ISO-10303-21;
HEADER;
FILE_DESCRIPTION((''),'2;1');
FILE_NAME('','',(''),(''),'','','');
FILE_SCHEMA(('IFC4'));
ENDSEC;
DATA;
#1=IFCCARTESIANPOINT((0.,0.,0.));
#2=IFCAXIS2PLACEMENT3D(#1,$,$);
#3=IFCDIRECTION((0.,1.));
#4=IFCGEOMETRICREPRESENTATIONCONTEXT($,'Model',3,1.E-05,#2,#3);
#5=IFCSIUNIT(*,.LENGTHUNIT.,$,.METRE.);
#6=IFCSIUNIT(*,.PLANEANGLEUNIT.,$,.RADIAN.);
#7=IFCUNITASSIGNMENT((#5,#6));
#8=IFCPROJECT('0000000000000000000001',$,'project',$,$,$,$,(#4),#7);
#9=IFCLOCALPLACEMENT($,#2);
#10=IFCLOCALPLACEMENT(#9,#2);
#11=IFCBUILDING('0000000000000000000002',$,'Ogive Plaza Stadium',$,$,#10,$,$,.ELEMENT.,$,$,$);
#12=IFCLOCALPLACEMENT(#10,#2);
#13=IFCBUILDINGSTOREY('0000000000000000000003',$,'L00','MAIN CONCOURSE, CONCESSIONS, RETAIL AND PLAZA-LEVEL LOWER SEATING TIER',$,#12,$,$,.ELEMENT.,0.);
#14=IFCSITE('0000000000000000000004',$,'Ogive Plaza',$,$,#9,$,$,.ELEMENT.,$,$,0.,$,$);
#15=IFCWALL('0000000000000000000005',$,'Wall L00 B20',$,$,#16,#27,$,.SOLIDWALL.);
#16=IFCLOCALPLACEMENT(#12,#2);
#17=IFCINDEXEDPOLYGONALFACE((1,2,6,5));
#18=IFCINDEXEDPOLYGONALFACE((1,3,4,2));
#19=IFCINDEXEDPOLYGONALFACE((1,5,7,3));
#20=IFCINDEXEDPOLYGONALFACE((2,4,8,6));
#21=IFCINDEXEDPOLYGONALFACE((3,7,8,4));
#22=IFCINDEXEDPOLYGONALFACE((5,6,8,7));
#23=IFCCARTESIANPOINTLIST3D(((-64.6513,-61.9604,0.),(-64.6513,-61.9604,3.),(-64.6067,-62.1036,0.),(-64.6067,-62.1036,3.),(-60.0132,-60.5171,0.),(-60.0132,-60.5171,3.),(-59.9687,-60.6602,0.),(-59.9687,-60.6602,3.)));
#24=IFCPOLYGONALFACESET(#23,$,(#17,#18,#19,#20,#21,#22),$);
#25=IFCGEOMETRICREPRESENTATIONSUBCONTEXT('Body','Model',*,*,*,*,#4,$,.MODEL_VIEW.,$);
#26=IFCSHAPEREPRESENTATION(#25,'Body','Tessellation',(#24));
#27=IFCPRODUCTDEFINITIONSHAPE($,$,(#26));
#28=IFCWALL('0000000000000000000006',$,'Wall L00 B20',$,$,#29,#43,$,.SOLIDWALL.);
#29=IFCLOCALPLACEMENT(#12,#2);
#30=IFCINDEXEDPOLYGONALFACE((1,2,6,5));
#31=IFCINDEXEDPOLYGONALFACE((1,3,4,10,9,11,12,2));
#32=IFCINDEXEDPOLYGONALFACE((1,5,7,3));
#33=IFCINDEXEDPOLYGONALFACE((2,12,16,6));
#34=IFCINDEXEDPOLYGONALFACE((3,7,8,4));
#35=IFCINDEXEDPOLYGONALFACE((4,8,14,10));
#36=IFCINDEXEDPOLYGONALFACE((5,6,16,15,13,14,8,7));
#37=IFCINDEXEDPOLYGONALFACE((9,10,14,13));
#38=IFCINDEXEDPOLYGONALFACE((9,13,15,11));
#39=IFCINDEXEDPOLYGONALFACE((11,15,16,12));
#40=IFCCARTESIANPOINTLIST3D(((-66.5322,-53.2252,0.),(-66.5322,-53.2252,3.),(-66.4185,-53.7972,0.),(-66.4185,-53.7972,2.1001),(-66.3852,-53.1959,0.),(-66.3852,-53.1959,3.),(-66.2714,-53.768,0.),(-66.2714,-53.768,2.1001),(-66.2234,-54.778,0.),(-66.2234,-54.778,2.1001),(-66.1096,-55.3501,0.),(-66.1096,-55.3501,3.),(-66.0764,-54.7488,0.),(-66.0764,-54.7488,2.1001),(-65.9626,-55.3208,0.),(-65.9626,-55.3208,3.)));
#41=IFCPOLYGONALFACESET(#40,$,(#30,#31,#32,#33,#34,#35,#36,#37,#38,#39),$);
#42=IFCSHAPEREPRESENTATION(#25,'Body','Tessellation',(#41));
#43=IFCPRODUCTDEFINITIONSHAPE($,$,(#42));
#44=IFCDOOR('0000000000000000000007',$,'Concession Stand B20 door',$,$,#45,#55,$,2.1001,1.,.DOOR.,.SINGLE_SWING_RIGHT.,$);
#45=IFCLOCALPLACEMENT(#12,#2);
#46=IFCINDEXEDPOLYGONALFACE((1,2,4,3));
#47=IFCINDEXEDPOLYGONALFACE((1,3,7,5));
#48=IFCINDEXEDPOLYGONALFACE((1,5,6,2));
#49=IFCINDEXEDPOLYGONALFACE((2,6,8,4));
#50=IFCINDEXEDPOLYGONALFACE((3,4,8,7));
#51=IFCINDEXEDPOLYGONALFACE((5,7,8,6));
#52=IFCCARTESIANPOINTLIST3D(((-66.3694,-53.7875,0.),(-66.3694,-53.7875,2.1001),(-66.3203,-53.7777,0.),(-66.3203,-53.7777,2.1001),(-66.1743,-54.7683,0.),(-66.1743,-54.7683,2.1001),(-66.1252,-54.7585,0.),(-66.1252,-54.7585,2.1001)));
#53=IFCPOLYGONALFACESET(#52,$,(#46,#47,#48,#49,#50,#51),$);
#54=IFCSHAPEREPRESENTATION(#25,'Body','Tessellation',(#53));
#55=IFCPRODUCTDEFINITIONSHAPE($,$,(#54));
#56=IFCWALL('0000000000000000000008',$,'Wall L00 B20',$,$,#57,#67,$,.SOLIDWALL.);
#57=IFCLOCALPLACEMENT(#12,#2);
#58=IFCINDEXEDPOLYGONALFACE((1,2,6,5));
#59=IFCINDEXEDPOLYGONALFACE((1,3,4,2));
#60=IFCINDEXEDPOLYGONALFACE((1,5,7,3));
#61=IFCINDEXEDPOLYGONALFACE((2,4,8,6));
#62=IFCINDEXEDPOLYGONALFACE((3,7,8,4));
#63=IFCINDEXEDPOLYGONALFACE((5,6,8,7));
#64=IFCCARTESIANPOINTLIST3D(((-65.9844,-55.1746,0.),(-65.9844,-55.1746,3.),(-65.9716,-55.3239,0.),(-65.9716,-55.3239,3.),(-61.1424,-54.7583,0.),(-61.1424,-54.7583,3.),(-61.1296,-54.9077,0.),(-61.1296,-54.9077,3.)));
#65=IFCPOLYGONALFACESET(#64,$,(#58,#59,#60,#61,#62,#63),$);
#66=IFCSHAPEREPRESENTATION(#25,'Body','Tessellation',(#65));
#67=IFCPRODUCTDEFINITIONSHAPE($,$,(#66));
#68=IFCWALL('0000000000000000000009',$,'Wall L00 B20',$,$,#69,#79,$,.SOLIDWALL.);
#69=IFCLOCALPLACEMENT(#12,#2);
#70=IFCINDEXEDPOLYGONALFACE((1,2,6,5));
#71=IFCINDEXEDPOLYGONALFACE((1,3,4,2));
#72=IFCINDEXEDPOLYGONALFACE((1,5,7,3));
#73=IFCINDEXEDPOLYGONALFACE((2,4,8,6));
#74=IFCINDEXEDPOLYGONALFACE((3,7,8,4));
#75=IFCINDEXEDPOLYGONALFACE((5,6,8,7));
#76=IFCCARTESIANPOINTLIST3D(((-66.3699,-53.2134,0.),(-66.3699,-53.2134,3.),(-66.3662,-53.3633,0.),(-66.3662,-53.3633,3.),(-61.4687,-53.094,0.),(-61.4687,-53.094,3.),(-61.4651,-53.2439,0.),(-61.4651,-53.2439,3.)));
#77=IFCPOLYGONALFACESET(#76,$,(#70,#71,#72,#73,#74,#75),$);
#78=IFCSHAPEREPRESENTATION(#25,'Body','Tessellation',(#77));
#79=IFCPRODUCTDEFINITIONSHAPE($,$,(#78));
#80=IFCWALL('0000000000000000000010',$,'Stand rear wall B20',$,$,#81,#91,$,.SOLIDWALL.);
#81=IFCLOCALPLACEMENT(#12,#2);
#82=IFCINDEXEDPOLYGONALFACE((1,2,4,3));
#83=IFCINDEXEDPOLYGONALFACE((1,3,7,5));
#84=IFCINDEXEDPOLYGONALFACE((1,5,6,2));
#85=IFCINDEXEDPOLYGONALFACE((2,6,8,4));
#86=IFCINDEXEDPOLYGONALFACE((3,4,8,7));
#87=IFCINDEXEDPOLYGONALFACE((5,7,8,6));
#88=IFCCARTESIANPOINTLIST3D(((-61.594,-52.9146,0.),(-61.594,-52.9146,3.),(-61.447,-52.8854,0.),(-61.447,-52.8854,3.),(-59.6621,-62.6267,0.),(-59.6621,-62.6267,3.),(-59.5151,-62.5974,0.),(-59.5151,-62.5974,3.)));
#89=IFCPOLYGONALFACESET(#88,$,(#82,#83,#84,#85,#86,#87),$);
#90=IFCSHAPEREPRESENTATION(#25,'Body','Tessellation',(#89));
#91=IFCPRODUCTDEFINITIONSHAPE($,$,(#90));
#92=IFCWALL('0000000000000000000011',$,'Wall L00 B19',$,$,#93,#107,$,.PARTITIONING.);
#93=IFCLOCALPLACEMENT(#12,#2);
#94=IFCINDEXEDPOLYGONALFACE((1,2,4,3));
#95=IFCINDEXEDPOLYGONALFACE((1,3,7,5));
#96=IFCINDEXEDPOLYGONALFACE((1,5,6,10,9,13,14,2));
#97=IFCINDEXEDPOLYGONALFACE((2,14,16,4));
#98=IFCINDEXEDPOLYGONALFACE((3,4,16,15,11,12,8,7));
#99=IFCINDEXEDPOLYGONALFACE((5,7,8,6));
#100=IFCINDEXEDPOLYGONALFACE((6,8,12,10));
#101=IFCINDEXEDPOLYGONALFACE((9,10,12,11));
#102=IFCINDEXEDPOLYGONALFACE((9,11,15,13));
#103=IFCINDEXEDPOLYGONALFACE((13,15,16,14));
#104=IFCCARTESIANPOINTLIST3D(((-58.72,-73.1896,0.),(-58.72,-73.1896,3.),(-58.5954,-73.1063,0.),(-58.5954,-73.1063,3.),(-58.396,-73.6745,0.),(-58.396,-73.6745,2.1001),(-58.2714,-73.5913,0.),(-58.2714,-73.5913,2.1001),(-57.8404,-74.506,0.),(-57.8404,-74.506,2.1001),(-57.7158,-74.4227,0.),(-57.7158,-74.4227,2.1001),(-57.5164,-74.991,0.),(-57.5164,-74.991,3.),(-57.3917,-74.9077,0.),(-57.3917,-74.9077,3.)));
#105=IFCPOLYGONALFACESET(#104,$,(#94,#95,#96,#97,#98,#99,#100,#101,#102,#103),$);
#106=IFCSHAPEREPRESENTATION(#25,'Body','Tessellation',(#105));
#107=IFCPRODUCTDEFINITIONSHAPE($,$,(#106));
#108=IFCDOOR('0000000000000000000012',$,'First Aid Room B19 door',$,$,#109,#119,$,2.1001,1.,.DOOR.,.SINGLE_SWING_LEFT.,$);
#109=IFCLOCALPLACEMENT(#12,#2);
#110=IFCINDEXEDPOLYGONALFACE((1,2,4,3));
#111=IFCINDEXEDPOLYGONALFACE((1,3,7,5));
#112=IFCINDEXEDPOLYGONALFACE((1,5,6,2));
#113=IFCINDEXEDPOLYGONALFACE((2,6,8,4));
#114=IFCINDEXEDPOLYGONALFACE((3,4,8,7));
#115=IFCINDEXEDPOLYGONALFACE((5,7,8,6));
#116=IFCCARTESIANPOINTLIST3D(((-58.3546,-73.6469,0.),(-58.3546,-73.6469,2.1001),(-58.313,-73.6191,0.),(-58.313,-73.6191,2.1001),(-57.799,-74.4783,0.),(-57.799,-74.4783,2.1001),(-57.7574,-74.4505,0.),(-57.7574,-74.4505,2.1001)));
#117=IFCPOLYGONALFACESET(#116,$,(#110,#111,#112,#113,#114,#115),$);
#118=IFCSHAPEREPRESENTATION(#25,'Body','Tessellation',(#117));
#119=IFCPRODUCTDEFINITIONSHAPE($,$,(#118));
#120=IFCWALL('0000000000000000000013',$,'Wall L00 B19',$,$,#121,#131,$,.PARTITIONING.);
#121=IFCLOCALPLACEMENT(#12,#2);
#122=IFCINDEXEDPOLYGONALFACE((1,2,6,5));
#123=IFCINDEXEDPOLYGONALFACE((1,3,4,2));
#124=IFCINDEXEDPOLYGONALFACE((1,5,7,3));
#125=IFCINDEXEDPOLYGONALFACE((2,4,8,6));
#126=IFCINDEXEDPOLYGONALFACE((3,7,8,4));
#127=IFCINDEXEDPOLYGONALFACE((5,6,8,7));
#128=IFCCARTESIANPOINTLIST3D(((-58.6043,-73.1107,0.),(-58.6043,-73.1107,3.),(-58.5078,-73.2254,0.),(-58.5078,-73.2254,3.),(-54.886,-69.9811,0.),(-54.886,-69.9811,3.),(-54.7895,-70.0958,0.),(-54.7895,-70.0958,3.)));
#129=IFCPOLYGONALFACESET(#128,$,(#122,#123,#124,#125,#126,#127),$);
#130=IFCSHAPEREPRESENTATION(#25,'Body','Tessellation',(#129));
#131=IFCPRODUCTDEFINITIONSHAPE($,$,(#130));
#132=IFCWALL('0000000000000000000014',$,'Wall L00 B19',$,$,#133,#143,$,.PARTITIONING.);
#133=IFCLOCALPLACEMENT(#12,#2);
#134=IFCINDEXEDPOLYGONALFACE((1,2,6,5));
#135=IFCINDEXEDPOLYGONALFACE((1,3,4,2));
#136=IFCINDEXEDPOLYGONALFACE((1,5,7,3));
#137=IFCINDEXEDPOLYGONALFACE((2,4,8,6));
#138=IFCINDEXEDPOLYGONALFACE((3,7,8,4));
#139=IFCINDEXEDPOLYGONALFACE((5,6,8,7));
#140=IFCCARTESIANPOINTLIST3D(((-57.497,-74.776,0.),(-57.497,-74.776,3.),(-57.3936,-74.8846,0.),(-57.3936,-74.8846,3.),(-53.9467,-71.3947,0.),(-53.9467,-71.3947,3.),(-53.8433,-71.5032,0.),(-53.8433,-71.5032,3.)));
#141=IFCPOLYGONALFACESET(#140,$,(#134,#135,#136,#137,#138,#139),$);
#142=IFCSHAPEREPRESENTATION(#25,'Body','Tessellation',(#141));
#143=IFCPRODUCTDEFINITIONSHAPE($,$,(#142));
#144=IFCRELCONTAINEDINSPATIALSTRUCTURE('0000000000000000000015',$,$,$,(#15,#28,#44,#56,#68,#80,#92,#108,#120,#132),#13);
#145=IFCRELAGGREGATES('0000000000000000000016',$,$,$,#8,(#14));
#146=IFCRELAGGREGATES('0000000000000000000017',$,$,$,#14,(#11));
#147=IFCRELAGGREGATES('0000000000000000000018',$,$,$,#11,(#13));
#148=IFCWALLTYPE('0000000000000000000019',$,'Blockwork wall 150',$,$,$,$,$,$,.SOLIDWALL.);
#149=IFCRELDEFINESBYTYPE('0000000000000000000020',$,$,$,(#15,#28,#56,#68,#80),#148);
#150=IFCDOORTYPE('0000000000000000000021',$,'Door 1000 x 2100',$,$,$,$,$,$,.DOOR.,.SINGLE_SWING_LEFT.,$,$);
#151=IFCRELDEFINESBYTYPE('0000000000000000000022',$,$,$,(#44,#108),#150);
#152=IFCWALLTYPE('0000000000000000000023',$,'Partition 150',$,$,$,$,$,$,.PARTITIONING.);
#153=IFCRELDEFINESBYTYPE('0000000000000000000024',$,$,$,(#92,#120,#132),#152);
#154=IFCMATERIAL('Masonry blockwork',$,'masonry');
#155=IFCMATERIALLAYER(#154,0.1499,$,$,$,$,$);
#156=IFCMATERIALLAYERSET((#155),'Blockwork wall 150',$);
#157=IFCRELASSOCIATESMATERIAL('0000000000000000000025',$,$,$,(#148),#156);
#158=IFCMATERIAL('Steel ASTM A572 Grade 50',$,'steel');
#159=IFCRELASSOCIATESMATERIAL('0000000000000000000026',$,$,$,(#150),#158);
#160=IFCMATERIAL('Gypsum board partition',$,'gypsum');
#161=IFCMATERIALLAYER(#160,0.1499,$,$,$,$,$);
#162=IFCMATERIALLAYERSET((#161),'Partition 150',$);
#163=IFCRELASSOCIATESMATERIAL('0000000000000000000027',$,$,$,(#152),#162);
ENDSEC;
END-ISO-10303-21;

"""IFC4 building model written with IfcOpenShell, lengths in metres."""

from ifc_helpers import new_model, si_unit, direction, frame, frame_2d, origin, place, context, subcontext, project, spatial, rectangle, extrude, material, layer, layer_set, type_object, element, fill, save


model = new_model("IFC4")

# Units and contexts
model_context = context("Model", 3, precision=1e-05, world=origin(), true_north=direction((0.0, 1.0)))
body_context = subcontext(model_context, "Body", "Model", "MODEL_VIEW")
ifc_project = project(units=[si_unit("LENGTHUNIT", "METRE"), si_unit("PLANEANGLEUNIT", "RADIAN")], contexts=[model_context])

# Site, building, storey
site_placement = place(None, origin())
site = spatial("IfcSite", under=ifc_project, at=site_placement, Name="Ogive Plaza", CompositionType="ELEMENT", RefElevation=0.0)
building_placement = place(site_placement, origin())
building = spatial("IfcBuilding", under=site, at=building_placement, Name="Ogive Plaza Stadium", CompositionType="ELEMENT")
storey_placement = place(building_placement, origin())
storey = spatial("IfcBuildingStorey", under=building, at=storey_placement, Name="L00", Description="MAIN CONCOURSE, CONCESSIONS, RETAIL AND PLAZA-LEVEL LOWER SEATING TIER", CompositionType="ELEMENT", Elevation=0.0)

# Shared definitions
ifc_material_1 = material(Name="Masonry blockwork", Category="masonry")
ifc_layer_1 = layer(ifc_material_1, 0.1499)
ifc_layer_set_1 = layer_set([ifc_layer_1], Name="Blockwork wall 150")
wall_type_1 = type_object("IfcWallType", Name="Blockwork wall 150", PredefinedType="SOLIDWALL", material=ifc_layer_set_1)

# Shared definitions
ifc_material_2 = material(Name="Steel ASTM A572 Grade 50", Category="steel")
door_type_1 = type_object("IfcDoorType", Name="Door 1000 x 2100", OperationType="SINGLE_SWING_LEFT", PredefinedType="DOOR", material=ifc_material_2)

# Wall
wall_1_placement = place(storey_placement, frame((-59.991, -60.5886, 0.0), z_axis=(0.0, 0.0, 1.0), x_axis=(-0.954831, -0.29715, 0.0)))
element("IfcWall", 1, at=wall_1_placement, inside=storey, type_object=wall_type_1, Name="Wall L00 B20", PredefinedType="SOLIDWALL", context=body_context, shape_type="SweptSolid", body=[
    extrude(rectangle(XDim=4.8574, YDim=0.1499, at=frame_2d((2.4287, 0.0))), origin(), (0.0, 0.0, 1.0), 3.0),
])

# Wall, opening, door
wall_2_placement = place(storey_placement, frame((-66.0361, -55.3354, 0.0), z_axis=(0.0, 0.0, 1.0), x_axis=(-0.195054, 0.980792, 0.0)))
wall_2 = element("IfcWall", 2, at=wall_2_placement, inside=storey, type_object=wall_type_1, Name="Wall L00 B20", PredefinedType="SOLIDWALL", context=body_context, shape_type="SweptSolid", body=[
    extrude(rectangle(XDim=2.1665, YDim=0.1499, at=frame_2d((1.0833, 0.0))), origin(), (0.0, 0.0, 1.0), 3.0),
])
opening_1_placement = place(wall_2_placement, frame((0.5833, 0.0, 0.0)))
opening_1 = element("IfcOpeningElement", 3, at=opening_1_placement, cuts=wall_2, PredefinedType="OPENING", context=body_context, shape_type="SweptSolid", body=[
    extrude(rectangle(XDim=1.0, YDim=2.1001, at=frame_2d((0.5, 1.05))), frame((0.0, 0.075, 0.0), z_axis=(0.0, -1.0, 0.0), x_axis=(1.0, 0.0, 0.0)), (0.0, 0.0, 1.0), 0.1499),
])
door_1_placement = place(opening_1_placement, origin())
door_1 = element("IfcDoor", 4, at=door_1_placement, inside=storey, type_object=door_type_1, Name="Concession Stand B20 door", OperationType="SINGLE_SWING_RIGHT", OverallHeight=2.1001, OverallWidth=1.0, PredefinedType="DOOR", context=body_context, shape_type="SweptSolid", body=[
    extrude(rectangle(XDim=1.0, YDim=2.1001, at=frame_2d((0.5, 1.05))), frame((0.0, 0.0249, 0.0), z_axis=(0.0, -1.0, 0.0), x_axis=(1.0, 0.0, 0.0)), (0.0, 0.0, 1.0), 0.05),
])
fill(opening_1, door_1)

# Walls
wall_3_placement = place(storey_placement, frame((-61.136, -54.833, 0.0), z_axis=(0.0, 0.0, 1.0), x_axis=(-0.996325, -0.085652, 0.0)))
element("IfcWall", 5, at=wall_3_placement, inside=storey, type_object=wall_type_1, Name="Wall L00 B20", PredefinedType="SOLIDWALL", context=body_context, shape_type="SweptSolid", body=[
    extrude(rectangle(XDim=4.8599, YDim=0.1499, at=frame_2d((2.4299, 0.0))), origin(), (0.0, 0.0, 1.0), 3.0),
])
wall_4_placement = place(storey_placement, frame((-61.467, -53.1689, 0.0), z_axis=(0.0, 0.0, 1.0), x_axis=(-0.999703, -0.024351, 0.0)))
element("IfcWall", 6, at=wall_4_placement, inside=storey, type_object=wall_type_1, Name="Wall L00 B20", PredefinedType="SOLIDWALL", context=body_context, shape_type="SweptSolid", body=[
    extrude(rectangle(XDim=4.9026, YDim=0.1499, at=frame_2d((2.4512, 0.0))), origin(), (0.0, 0.0, 1.0), 3.0),
])
wall_5_placement = place(storey_placement, frame((-59.5886, -62.6121, 0.0), z_axis=(0.0, 0.0, 1.0), x_axis=(-0.195092, 0.980785, 0.0)))
element("IfcWall", 7, at=wall_5_placement, inside=storey, type_object=wall_type_1, Name="Stand rear wall B20", PredefinedType="SOLIDWALL", context=body_context, shape_type="SweptSolid", body=[
    extrude(rectangle(XDim=9.9023, YDim=0.1499, at=frame_2d((4.9512, 0.0))), origin(), (0.0, 0.0, 1.0), 3.0),
])

# Wall, opening, door
ifc_material_3 = material(Name="Gypsum board partition", Category="gypsum")
ifc_layer_2 = layer(ifc_material_3, 0.1499)
ifc_layer_set_2 = layer_set([ifc_layer_2], Name="Partition 150")
wall_type_2 = type_object("IfcWallType", Name="Partition 150", PredefinedType="PARTITIONING", material=ifc_layer_set_2)
wall_6_placement = place(storey_placement, frame((-58.6577, -73.1479, 0.0), z_axis=(0.0, 0.0, 1.0), x_axis=(0.555584, -0.83146, 0.0)))
wall_6 = element("IfcWall", 8, at=wall_6_placement, inside=storey, type_object=wall_type_2, Name="Wall L00 B19", PredefinedType="PARTITIONING", context=body_context, shape_type="SweptSolid", body=[
    extrude(rectangle(XDim=2.1665, YDim=0.1499, at=frame_2d((1.0833, 0.0))), origin(), (0.0, 0.0, 1.0), 3.0),
])
opening_2_placement = place(wall_6_placement, frame((0.5833, 0.0, 0.0)))
opening_2 = element("IfcOpeningElement", 9, at=opening_2_placement, cuts=wall_6, PredefinedType="OPENING", context=body_context, shape_type="SweptSolid", body=[
    extrude(rectangle(XDim=1.0, YDim=2.1001, at=frame_2d((0.5, 1.05))), frame((0.0, 0.075, 0.0), z_axis=(0.0, -1.0, 0.0), x_axis=(1.0, 0.0, 0.0)), (0.0, 0.0, 1.0), 0.1499),
])
door_2_placement = place(opening_2_placement, origin())
door_2 = element("IfcDoor", 10, at=door_2_placement, inside=storey, type_object=door_type_1, Name="First Aid Room B19 door", OperationType="SINGLE_SWING_LEFT", OverallHeight=2.1001, OverallWidth=1.0, PredefinedType="DOOR", context=body_context, shape_type="SweptSolid", body=[
    extrude(rectangle(XDim=1.0, YDim=2.1001, at=frame_2d((0.5, 1.05))), frame((0.0, 0.0249, 0.0), z_axis=(0.0, -1.0, 0.0), x_axis=(1.0, 0.0, 0.0)), (0.0, 0.0, 1.0), 0.05),
])
fill(opening_2, door_2)

# Walls
wall_7_placement = place(storey_placement, frame((-54.8376, -70.0383, 0.0), z_axis=(0.0, 0.0, 1.0), x_axis=(-0.765066, -0.643952, 0.0)))
element("IfcWall", 11, at=wall_7_placement, inside=storey, type_object=wall_type_2, Name="Wall L00 B19", PredefinedType="PARTITIONING", context=body_context, shape_type="SweptSolid", body=[
    extrude(rectangle(XDim=4.8601, YDim=0.1499, at=frame_2d((2.4302, 0.0))), origin(), (0.0, 0.0, 1.0), 3.0),
])
wall_8_placement = place(storey_placement, frame((-53.895, -71.449, 0.0), z_axis=(0.0, 0.0, 1.0), x_axis=(-0.724126, -0.689668, 0.0)))
element("IfcWall", 12, at=wall_8_placement, inside=storey, type_object=wall_type_2, Name="Wall L00 B19", PredefinedType="PARTITIONING", context=body_context, shape_type="SweptSolid", body=[
    extrude(rectangle(XDim=4.9028, YDim=0.1499, at=frame_2d((2.4514, 0.0))), origin(), (0.0, 0.0, 1.0), 3.0),
])

save(model, "model.ifc")
